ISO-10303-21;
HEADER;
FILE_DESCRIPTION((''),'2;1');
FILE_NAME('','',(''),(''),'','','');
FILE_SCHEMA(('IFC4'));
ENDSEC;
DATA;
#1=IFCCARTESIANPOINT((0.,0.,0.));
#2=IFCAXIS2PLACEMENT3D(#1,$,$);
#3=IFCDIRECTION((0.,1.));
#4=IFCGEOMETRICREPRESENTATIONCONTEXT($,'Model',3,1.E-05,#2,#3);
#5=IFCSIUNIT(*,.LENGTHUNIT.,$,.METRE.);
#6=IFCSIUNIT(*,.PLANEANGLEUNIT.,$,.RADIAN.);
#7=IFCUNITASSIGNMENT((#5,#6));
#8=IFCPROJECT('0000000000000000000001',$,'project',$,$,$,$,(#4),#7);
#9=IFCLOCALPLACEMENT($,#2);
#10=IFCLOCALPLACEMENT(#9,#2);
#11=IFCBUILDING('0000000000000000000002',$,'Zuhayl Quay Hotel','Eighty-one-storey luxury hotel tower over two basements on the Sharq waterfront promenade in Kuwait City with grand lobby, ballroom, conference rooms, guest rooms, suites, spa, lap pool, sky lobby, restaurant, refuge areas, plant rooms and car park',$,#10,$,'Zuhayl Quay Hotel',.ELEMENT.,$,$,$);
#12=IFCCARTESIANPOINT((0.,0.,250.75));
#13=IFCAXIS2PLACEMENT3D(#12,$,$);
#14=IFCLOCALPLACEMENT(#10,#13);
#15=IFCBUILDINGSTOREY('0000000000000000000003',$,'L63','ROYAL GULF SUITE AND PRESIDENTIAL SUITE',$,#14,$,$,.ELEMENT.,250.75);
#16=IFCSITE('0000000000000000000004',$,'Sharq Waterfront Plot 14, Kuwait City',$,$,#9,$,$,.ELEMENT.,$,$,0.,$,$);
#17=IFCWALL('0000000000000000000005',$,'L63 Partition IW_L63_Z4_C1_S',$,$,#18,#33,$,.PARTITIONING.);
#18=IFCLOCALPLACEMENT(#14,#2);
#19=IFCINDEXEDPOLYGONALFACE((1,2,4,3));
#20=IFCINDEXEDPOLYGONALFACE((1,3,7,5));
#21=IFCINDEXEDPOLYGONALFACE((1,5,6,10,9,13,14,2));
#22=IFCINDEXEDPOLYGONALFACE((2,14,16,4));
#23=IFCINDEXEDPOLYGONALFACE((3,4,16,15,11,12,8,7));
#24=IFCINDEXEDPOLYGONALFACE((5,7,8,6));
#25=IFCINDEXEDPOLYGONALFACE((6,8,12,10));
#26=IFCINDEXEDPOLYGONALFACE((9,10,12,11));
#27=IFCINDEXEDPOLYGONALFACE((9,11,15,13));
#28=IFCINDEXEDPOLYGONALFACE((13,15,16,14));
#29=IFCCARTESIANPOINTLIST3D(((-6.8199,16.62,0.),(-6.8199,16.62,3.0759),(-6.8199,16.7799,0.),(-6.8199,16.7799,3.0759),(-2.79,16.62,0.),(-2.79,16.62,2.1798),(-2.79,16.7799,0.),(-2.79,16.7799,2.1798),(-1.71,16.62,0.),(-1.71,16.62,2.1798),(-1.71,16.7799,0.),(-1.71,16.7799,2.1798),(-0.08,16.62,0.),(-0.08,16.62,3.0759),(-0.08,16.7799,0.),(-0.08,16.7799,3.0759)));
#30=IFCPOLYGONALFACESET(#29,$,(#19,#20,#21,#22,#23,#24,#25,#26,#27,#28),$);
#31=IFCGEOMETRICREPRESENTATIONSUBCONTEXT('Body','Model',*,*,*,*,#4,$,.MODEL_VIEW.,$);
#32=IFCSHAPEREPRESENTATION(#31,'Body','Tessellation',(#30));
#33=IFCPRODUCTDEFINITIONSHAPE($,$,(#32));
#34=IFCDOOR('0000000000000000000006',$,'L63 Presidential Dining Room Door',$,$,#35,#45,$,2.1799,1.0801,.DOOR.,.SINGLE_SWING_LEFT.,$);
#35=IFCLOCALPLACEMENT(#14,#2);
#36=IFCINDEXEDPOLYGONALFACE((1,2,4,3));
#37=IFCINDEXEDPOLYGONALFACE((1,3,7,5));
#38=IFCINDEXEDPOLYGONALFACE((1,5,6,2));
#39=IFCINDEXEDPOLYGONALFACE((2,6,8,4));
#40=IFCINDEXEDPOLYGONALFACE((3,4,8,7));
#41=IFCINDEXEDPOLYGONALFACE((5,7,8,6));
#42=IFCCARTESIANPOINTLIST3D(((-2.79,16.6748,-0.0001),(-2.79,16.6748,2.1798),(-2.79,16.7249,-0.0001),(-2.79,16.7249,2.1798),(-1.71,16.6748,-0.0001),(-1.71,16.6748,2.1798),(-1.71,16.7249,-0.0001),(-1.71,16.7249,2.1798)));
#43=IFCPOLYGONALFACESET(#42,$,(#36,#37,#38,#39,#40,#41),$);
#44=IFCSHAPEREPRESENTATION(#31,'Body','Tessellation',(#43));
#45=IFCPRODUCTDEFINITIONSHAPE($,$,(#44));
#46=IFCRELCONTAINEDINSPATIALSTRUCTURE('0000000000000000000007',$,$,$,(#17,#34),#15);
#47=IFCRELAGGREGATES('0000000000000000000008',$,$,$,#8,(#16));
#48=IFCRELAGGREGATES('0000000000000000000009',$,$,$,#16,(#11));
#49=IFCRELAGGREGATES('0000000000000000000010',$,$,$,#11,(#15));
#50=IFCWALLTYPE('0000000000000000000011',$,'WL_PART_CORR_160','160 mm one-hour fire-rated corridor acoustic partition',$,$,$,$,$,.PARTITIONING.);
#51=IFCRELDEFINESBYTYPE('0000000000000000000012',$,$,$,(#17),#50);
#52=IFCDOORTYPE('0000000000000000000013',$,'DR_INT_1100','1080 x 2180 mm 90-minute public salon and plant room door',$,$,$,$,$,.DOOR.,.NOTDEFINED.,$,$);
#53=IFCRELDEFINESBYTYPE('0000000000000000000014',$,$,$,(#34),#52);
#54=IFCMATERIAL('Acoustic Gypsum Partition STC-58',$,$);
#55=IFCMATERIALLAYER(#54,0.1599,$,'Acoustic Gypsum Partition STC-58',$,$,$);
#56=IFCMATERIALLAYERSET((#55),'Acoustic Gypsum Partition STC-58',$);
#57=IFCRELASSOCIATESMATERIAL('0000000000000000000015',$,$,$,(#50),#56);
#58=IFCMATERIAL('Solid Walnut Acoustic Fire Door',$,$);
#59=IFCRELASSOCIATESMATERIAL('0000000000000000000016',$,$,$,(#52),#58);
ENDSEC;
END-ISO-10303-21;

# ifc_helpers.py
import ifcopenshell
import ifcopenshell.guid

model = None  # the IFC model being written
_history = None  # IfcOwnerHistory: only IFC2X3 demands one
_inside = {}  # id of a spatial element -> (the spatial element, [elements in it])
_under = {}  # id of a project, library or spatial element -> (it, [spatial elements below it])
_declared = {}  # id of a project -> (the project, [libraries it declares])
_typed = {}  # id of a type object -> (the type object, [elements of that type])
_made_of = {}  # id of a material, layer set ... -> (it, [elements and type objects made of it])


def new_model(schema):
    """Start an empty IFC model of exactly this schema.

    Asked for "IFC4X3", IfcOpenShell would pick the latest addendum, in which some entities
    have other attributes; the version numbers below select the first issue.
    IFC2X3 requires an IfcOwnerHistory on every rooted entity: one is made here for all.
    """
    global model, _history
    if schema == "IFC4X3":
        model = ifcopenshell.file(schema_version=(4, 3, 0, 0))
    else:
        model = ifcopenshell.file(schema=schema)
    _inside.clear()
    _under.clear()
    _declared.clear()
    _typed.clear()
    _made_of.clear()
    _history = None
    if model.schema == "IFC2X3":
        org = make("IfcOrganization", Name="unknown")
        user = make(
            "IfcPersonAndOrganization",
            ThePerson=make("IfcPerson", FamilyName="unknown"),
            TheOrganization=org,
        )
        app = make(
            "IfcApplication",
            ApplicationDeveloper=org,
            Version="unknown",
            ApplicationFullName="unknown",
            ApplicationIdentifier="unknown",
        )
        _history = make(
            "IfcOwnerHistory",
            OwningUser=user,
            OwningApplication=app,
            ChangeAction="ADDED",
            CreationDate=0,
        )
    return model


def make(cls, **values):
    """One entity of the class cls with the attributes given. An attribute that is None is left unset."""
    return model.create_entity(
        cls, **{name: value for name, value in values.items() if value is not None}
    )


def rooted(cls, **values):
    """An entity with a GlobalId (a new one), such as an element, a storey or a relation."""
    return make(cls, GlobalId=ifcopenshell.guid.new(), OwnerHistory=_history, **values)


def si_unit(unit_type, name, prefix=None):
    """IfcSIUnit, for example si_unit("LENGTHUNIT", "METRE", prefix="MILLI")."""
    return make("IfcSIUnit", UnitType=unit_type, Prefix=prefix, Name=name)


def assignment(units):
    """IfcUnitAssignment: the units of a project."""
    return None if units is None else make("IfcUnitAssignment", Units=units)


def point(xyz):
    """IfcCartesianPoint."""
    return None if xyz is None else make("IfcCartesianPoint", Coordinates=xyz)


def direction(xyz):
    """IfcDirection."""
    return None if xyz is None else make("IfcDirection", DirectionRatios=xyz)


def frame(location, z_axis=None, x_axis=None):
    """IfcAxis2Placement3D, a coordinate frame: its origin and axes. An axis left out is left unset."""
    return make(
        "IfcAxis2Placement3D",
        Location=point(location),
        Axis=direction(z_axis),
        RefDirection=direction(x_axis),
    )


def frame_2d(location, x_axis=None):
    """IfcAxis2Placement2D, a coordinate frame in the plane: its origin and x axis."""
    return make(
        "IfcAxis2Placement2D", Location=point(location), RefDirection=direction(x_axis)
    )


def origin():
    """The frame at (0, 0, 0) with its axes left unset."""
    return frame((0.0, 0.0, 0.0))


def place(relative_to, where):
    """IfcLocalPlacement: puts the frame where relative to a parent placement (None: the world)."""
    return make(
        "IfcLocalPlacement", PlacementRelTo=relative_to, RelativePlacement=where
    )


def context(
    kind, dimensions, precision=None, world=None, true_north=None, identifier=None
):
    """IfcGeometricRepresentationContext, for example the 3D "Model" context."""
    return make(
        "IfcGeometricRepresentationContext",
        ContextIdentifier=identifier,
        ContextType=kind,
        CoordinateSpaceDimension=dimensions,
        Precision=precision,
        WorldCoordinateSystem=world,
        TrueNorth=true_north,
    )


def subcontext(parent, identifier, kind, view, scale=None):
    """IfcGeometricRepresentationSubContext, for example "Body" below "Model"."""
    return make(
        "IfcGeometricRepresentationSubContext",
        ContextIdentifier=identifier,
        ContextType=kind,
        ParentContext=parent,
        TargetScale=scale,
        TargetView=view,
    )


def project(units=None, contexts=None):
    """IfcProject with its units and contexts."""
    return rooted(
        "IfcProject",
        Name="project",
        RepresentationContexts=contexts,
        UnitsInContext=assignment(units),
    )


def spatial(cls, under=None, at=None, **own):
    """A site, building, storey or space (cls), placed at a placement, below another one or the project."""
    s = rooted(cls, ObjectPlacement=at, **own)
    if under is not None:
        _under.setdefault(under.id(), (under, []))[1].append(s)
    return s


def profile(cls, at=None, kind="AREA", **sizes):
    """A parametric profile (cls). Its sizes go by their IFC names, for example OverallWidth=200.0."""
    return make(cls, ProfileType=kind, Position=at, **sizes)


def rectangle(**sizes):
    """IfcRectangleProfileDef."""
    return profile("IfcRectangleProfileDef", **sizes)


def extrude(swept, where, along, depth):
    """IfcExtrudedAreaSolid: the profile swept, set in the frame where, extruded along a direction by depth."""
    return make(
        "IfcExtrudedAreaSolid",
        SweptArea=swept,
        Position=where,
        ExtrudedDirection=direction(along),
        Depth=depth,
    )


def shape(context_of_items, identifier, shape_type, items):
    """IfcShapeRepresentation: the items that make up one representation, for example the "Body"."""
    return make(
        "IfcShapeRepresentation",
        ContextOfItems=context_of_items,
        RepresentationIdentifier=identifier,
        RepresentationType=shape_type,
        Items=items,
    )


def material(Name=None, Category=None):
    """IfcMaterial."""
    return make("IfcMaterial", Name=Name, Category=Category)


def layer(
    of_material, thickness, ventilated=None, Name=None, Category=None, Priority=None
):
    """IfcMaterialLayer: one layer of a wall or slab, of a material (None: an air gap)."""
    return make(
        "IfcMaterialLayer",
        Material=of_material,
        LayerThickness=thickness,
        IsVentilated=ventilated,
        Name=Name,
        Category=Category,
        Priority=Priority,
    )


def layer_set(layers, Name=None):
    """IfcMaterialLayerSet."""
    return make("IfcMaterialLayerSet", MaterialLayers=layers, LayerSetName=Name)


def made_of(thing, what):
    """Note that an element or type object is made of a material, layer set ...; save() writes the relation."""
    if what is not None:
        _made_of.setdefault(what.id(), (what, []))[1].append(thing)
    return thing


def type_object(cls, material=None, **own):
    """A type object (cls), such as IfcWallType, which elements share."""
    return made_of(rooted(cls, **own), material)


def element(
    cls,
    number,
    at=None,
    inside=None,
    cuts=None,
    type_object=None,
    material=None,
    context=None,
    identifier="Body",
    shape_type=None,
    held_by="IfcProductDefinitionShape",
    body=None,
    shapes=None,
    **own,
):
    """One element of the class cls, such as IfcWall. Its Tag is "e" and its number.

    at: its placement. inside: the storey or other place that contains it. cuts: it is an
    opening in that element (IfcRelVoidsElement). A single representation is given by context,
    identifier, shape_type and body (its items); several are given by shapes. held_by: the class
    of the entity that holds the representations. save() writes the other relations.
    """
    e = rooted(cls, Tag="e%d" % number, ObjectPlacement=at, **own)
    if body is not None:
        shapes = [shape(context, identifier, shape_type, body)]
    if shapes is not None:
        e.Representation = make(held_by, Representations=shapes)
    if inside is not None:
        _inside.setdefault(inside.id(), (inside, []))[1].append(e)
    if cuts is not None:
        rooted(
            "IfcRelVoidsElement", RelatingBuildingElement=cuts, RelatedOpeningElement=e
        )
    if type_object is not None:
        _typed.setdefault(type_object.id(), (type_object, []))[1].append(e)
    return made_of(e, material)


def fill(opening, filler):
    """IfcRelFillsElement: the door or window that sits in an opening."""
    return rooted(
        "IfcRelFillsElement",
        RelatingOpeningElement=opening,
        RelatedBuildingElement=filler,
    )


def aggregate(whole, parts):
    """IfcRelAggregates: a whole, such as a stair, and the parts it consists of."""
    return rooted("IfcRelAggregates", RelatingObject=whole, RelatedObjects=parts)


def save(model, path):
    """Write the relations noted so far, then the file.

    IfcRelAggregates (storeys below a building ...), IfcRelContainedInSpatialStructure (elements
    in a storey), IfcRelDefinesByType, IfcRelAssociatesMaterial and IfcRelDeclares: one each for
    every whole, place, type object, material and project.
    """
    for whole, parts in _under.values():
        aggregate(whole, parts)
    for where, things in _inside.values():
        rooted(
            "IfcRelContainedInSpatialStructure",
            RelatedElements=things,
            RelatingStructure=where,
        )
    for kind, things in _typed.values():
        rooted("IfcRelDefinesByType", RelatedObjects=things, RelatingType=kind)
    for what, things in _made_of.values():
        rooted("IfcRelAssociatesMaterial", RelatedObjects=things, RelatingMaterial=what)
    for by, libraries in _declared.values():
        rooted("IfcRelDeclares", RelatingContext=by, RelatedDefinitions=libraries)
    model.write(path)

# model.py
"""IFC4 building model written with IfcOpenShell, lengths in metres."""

from ifc_helpers import new_model, si_unit, direction, frame, frame_2d, origin, place, context, subcontext, project, spatial, rectangle, extrude, material, layer, layer_set, type_object, element, fill, save


model = new_model("IFC4")

# Units and contexts
model_context = context("Model", 3, precision=1e-05, world=origin(), true_north=direction((0.0, 1.0)))
body_context = subcontext(model_context, "Body", "Model", "MODEL_VIEW")
ifc_project = project(units=[si_unit("LENGTHUNIT", "METRE"), si_unit("PLANEANGLEUNIT", "RADIAN")], contexts=[model_context])

# Site, building, storey
site_placement = place(None, origin())
site = spatial("IfcSite", under=ifc_project, at=site_placement, Name="Sharq Waterfront Plot 14, Kuwait City", CompositionType="ELEMENT", RefElevation=0.0)
building_placement = place(site_placement, origin())
building = spatial("IfcBuilding", under=site, at=building_placement, Name="Zuhayl Quay Hotel", Description="Eighty-one-storey luxury hotel tower over two basements on the Sharq waterfront promenade in Kuwait City with grand lobby, ballroom, conference rooms, guest rooms, suites, spa, lap pool, sky lobby, restaurant, refuge areas, plant rooms and car park", LongName="Zuhayl Quay Hotel", CompositionType="ELEMENT")
storey_placement = place(building_placement, frame((0.0, 0.0, 250.75)))
storey = spatial("IfcBuildingStorey", under=building, at=storey_placement, Name="L63", Description="ROYAL GULF SUITE AND PRESIDENTIAL SUITE", CompositionType="ELEMENT", Elevation=250.75)

# Shared definitions
ifc_material_1 = material(Name="Acoustic Gypsum Partition STC-58")

# Wall, opening, door
ifc_layer_1 = layer(ifc_material_1, 0.1599, Name="Acoustic Gypsum Partition STC-58")
ifc_layer_set_1 = layer_set([ifc_layer_1], Name="Acoustic Gypsum Partition STC-58")
wall_type_1 = type_object("IfcWallType", Name="WL_PART_CORR_160", Description="160 mm one-hour fire-rated corridor acoustic partition", PredefinedType="PARTITIONING", material=ifc_layer_set_1)
ifc_material_2 = material(Name="Solid Walnut Acoustic Fire Door")
wall_1_placement = place(storey_placement, frame((-6.8201, 16.7, 0.0), z_axis=(0.0, 0.0, 1.0), x_axis=(1.0, 0.0, 0.0)))
wall_1 = element("IfcWall", 1, at=wall_1_placement, inside=storey, type_object=wall_type_1, Name="L63 Partition IW_L63_Z4_C1_S", PredefinedType="PARTITIONING", context=body_context, shape_type="SweptSolid", body=[
    extrude(rectangle(XDim=6.74, YDim=0.1599, at=frame_2d((3.3701, 0.0))), origin(), (0.0, 0.0, 1.0), 3.0759),
])
opening_1_placement = place(wall_1_placement, frame((4.03, 0.0, 0.0)))
opening_1 = element("IfcOpeningElement", 2, at=opening_1_placement, cuts=wall_1, PredefinedType="OPENING", context=body_context, shape_type="SweptSolid", body=[
    extrude(rectangle(XDim=1.0801, YDim=2.1799, at=frame_2d((0.54, 1.0898))), frame((0.0, 0.0898, 0.0), z_axis=(0.0, -1.0, 0.0), x_axis=(1.0, 0.0, 0.0)), (0.0, 0.0, 1.0), 0.1799),
])
door_type_1 = type_object("IfcDoorType", Name="DR_INT_1100", Description="1080 x 2180 mm 90-minute public salon and plant room door", OperationType="NOTDEFINED", PredefinedType="DOOR", material=ifc_material_2)
door_1_placement = place(opening_1_placement, origin())
door_1 = element("IfcDoor", 3, at=door_1_placement, inside=storey, type_object=door_type_1, Name="L63 Presidential Dining Room Door", OperationType="SINGLE_SWING_LEFT", OverallHeight=2.1799, OverallWidth=1.0801, PredefinedType="DOOR", context=body_context, shape_type="SweptSolid", body=[
    extrude(rectangle(XDim=1.0801, YDim=2.1799, at=frame_2d((0.54, 1.0898))), frame((0.0, 0.0249, 0.0), z_axis=(0.0, -1.0, 0.0), x_axis=(1.0, 0.0, 0.0)), (0.0, 0.0, 1.0), 0.05),
])
fill(opening_1, door_1)

save(model, "model.ifc")
